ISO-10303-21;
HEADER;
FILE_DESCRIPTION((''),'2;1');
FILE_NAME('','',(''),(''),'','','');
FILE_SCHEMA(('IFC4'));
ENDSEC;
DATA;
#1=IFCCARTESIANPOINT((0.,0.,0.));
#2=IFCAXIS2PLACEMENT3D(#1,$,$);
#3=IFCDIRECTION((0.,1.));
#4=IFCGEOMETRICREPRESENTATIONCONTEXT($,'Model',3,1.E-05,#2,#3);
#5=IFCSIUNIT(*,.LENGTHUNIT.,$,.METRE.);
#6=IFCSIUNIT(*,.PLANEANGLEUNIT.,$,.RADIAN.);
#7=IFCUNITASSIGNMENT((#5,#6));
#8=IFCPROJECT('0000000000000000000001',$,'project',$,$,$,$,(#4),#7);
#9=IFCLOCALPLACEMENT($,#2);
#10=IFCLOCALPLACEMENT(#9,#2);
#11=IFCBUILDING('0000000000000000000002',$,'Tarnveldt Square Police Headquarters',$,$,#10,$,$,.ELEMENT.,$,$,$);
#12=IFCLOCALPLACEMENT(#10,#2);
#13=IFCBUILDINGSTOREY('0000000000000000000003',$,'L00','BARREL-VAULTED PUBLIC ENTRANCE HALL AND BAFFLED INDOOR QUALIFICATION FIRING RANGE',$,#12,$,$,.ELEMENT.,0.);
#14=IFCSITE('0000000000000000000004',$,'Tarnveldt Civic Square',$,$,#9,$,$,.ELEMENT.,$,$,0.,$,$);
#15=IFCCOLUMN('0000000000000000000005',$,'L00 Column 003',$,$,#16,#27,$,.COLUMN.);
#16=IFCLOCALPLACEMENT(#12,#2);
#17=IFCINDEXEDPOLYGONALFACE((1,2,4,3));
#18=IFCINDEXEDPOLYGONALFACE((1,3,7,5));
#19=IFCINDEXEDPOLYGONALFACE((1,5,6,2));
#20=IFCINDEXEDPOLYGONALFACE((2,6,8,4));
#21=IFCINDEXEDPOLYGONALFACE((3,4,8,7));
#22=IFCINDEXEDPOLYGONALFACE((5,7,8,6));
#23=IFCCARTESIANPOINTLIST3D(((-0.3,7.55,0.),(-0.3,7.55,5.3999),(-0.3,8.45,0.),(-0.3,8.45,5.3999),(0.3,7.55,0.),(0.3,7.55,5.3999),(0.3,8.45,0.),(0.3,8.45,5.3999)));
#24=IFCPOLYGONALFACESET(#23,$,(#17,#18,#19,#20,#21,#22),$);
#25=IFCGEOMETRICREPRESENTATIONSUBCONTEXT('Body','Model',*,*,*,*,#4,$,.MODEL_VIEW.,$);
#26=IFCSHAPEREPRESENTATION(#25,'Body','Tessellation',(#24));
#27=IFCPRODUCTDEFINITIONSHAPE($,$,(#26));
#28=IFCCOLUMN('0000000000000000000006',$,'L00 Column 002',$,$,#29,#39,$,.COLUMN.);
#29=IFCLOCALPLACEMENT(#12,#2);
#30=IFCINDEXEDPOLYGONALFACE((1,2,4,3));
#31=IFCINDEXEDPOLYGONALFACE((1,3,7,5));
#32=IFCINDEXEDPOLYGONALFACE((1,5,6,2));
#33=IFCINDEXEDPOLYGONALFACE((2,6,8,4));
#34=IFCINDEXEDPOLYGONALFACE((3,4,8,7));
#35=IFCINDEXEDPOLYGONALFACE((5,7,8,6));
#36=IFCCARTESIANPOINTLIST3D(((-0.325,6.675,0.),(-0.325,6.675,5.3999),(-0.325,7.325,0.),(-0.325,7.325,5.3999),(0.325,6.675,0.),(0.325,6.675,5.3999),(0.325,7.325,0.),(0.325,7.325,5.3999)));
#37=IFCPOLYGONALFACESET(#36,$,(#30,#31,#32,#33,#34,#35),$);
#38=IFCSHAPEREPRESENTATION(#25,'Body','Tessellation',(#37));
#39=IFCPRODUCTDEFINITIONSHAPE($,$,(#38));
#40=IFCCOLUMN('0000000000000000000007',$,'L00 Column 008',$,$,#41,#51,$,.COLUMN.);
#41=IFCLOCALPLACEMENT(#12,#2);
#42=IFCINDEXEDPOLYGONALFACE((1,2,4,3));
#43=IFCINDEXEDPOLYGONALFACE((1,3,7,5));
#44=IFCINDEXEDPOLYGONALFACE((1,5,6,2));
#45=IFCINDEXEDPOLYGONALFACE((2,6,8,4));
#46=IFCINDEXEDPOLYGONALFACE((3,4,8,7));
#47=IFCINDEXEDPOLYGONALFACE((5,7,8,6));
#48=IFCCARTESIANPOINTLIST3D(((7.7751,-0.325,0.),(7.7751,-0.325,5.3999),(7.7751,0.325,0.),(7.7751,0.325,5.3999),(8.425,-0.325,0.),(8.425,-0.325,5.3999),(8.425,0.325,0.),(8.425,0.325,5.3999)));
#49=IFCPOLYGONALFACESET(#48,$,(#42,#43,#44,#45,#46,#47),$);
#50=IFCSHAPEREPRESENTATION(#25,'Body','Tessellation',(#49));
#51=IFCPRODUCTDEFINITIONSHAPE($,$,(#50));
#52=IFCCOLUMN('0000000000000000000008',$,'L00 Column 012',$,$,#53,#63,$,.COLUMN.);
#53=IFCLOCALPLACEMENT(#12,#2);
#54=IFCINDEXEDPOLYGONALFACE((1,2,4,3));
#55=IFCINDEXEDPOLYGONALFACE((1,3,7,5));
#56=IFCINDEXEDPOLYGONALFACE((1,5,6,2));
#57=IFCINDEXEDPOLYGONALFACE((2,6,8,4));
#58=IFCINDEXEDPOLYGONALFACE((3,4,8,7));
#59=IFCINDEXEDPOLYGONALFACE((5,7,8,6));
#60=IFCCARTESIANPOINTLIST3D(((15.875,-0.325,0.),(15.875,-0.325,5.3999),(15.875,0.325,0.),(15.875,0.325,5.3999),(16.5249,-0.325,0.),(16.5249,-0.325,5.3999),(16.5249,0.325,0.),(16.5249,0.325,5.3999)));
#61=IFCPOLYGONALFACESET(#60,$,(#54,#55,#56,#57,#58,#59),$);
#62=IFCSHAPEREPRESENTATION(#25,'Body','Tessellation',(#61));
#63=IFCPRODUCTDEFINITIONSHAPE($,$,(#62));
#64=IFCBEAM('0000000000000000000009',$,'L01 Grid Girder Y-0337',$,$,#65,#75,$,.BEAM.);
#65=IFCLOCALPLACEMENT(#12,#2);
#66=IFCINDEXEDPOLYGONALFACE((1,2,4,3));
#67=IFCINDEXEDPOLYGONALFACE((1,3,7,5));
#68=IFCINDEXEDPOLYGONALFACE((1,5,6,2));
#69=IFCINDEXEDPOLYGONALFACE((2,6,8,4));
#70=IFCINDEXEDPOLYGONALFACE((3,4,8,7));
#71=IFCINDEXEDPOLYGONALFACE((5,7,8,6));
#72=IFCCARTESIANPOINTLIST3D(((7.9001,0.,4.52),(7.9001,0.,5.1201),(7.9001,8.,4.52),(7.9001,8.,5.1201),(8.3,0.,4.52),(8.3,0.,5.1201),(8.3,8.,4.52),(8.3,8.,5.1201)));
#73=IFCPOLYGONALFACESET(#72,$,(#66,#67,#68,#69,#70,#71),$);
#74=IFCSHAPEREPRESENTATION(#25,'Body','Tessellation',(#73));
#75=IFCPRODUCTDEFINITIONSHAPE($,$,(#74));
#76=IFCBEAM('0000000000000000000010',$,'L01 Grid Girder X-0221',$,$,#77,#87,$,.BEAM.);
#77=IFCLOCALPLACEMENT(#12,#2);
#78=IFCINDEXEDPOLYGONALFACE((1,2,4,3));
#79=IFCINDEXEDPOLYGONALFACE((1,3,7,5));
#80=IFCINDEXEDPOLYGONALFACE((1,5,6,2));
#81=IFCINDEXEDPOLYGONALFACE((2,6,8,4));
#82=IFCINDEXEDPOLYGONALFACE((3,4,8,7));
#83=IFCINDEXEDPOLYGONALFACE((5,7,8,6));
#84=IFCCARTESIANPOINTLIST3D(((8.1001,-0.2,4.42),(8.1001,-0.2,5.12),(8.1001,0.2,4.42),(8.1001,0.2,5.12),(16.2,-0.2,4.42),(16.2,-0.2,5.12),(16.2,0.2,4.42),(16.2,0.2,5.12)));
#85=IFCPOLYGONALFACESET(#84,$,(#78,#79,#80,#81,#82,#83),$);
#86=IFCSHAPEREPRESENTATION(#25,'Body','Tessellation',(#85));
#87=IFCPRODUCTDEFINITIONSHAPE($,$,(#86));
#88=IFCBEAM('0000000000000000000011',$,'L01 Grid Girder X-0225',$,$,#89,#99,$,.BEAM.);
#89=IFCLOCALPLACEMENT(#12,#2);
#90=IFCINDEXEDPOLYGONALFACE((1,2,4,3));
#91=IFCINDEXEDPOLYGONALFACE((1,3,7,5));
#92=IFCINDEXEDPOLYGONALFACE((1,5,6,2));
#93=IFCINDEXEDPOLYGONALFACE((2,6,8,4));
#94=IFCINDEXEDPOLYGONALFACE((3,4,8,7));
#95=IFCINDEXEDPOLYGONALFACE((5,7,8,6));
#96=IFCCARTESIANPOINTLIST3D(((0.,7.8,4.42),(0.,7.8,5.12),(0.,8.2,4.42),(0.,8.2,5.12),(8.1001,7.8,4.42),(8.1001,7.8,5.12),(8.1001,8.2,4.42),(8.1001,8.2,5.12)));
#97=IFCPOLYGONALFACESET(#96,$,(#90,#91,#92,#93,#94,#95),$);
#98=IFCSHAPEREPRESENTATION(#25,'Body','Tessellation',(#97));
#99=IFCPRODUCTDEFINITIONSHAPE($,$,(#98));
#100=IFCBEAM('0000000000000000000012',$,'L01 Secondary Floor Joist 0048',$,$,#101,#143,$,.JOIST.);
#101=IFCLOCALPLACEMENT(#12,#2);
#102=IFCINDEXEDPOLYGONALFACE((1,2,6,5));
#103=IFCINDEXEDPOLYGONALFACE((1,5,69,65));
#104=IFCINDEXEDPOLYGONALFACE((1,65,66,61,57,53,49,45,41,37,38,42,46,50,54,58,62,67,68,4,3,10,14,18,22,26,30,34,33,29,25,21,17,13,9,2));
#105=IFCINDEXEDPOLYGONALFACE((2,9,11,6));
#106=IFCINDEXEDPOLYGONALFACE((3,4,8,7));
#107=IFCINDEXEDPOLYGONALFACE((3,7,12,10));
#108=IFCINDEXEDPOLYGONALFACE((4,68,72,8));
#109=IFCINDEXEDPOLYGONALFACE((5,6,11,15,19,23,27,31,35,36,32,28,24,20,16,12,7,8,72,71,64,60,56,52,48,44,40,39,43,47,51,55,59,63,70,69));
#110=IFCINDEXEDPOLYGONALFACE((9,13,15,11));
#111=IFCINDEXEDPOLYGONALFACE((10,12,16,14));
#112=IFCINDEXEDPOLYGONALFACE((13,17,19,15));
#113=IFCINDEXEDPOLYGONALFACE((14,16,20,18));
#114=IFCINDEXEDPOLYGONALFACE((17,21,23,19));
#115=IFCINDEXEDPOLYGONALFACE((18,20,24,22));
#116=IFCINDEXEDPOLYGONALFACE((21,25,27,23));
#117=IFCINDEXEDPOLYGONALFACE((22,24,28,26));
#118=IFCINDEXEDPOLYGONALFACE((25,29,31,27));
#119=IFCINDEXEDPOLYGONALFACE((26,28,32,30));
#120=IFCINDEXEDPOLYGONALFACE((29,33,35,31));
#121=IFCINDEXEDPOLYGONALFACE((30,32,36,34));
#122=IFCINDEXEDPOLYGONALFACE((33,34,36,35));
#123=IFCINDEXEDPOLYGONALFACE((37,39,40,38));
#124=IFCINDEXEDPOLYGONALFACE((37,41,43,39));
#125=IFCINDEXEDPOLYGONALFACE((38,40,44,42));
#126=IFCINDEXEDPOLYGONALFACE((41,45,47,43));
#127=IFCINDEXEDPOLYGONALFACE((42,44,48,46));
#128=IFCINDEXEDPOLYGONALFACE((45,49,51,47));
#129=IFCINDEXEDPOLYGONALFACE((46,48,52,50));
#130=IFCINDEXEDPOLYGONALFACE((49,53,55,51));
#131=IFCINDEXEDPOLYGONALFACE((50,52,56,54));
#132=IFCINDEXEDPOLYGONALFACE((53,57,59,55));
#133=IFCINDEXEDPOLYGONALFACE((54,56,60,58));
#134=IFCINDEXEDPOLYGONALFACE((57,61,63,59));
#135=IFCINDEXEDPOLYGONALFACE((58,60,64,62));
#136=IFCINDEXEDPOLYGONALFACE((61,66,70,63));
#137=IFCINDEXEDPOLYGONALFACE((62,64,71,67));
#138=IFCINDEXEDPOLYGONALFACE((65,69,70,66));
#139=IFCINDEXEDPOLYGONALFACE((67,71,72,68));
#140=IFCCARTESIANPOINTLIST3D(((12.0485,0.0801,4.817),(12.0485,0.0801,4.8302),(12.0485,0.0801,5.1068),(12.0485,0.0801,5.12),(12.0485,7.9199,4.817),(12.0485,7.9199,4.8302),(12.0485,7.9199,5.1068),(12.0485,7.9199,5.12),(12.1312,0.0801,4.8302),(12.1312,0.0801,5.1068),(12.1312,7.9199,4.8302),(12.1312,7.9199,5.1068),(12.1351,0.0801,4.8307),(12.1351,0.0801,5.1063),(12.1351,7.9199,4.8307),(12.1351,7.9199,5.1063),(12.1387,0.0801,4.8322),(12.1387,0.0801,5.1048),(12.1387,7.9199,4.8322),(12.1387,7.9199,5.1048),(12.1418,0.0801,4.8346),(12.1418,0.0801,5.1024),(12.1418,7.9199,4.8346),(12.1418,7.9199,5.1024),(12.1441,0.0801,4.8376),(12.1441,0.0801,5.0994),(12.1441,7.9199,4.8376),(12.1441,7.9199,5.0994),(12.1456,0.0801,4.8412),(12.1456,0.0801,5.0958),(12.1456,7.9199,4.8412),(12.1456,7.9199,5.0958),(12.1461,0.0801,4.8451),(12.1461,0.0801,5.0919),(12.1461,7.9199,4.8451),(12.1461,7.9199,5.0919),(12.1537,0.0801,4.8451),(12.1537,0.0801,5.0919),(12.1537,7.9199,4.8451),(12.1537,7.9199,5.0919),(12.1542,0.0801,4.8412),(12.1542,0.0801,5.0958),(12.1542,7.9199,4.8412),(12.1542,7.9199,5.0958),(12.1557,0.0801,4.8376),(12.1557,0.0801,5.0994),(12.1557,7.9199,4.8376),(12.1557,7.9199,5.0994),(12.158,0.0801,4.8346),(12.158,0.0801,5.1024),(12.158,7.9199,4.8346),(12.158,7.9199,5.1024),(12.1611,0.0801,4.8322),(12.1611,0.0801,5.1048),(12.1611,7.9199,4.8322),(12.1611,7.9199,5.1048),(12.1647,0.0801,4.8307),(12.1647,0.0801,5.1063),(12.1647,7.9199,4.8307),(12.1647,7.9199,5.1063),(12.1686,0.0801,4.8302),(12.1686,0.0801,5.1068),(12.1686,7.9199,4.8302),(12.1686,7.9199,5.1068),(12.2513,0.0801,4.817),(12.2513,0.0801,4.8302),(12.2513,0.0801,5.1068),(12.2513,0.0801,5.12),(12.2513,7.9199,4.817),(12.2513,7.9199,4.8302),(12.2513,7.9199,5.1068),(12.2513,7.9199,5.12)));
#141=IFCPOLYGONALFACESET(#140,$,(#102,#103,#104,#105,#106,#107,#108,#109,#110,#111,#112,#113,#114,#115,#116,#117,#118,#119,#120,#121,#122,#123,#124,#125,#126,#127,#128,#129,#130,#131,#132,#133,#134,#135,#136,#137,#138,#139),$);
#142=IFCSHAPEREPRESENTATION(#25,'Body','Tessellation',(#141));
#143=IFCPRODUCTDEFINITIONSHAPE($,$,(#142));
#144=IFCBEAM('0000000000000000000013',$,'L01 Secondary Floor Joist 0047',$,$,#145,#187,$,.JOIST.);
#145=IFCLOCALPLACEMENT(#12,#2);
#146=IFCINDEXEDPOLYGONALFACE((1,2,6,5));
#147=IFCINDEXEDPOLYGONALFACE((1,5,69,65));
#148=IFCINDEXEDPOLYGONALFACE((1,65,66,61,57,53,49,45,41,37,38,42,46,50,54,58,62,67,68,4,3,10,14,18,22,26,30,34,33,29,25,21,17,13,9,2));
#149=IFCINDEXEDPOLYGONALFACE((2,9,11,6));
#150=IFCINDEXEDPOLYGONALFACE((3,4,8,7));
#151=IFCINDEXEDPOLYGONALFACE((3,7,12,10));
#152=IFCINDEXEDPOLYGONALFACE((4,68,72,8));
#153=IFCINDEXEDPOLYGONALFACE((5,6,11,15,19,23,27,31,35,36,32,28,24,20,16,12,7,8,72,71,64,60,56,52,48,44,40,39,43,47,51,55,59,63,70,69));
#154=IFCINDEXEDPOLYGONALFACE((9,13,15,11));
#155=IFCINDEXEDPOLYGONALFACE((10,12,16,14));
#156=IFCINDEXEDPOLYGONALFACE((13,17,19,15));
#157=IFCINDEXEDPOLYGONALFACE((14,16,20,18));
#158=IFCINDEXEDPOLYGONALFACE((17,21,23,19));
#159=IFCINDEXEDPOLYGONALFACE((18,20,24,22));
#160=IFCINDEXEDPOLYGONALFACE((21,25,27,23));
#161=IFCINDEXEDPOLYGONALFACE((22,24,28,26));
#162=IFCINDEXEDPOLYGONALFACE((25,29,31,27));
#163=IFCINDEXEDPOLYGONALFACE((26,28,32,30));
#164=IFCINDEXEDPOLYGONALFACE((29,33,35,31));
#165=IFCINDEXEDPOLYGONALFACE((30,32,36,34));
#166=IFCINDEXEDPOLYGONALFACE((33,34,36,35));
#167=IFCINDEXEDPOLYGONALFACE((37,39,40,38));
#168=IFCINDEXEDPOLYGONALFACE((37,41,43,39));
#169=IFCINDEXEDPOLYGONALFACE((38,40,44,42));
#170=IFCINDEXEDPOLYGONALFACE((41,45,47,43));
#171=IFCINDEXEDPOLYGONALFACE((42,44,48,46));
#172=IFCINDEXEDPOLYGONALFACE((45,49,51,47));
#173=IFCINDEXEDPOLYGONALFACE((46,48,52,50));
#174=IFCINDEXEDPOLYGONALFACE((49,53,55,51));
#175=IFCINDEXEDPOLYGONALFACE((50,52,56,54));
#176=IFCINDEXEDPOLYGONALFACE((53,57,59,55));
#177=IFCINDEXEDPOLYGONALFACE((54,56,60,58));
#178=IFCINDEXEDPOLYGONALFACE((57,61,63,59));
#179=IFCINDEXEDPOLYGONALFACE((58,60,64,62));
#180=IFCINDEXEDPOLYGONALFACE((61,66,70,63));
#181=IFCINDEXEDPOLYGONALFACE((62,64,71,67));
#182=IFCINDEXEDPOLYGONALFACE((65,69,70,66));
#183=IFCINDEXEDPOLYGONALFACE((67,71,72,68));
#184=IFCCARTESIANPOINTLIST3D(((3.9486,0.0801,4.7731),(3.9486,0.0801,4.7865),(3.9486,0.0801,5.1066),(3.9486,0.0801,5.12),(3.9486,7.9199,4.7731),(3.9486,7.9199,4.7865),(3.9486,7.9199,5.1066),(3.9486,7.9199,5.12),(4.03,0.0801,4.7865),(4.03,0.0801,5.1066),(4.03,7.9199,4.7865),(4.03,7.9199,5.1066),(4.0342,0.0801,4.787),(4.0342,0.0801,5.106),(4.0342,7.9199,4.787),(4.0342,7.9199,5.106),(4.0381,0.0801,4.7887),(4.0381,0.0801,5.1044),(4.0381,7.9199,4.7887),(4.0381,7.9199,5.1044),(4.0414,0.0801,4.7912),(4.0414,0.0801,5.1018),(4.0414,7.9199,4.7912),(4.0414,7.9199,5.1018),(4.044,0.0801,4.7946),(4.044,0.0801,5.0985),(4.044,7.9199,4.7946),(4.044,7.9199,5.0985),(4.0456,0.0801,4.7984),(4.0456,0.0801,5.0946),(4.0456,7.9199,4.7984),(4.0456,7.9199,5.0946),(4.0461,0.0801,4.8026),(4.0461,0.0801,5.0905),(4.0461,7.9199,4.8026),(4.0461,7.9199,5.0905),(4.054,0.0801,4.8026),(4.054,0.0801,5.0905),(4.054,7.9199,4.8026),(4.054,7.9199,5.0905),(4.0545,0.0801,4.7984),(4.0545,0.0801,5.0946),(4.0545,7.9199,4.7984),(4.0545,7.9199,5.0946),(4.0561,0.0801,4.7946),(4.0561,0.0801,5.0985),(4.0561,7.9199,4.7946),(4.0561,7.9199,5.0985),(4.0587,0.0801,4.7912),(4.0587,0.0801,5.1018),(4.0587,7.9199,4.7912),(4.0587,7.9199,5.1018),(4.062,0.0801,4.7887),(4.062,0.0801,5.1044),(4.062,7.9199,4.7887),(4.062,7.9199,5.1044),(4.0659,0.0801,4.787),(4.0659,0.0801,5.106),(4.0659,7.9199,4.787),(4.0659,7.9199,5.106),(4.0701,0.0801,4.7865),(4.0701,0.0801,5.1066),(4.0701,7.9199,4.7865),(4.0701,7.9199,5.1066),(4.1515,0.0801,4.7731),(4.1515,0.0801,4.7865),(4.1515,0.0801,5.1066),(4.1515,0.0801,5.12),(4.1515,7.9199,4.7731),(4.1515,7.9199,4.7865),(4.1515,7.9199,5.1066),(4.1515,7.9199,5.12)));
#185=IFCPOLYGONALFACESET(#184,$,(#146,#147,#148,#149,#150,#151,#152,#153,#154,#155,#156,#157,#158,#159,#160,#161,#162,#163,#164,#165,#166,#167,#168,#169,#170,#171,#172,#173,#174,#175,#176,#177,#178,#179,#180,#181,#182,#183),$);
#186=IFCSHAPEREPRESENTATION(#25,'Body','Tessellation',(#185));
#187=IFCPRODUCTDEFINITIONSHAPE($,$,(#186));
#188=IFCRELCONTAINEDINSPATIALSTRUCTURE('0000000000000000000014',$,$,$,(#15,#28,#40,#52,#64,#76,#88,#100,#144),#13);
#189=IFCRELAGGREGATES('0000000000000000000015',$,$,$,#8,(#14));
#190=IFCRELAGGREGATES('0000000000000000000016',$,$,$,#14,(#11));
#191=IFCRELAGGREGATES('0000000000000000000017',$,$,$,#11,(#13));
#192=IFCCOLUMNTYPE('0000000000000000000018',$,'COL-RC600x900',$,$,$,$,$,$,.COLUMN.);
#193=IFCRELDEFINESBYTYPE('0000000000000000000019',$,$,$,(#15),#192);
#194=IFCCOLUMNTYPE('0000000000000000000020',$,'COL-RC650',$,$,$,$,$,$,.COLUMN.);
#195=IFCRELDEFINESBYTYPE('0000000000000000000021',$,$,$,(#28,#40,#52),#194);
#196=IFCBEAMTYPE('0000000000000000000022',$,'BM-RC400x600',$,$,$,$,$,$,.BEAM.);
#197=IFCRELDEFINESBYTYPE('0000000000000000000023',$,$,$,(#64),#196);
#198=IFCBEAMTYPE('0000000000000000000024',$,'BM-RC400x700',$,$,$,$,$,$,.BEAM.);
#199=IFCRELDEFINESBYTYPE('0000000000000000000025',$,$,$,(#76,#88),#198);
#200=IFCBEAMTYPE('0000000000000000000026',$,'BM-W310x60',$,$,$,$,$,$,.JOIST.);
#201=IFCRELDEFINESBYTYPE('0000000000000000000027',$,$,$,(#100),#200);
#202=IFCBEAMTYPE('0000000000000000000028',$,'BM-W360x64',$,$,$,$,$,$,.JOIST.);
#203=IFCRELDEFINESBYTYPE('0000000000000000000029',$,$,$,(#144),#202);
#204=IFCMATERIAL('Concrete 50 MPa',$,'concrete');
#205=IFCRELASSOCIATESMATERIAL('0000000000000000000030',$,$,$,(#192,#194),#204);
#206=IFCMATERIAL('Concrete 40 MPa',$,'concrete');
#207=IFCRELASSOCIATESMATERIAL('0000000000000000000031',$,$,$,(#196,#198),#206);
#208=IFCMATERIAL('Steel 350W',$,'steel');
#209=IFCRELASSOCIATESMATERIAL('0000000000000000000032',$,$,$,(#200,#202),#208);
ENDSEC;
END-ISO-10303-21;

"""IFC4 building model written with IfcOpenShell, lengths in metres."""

from ifc_helpers import new_model, si_unit, direction, frame, origin, origin_2d, place, context, subcontext, project, spatial, rectangle, i_section, extrude, material, material_profile, profile_set, type_object, element, save


model = new_model("IFC4")

# Units and contexts
model_context = context("Model", 3, precision=1e-05, world=origin(), true_north=direction((0.0, 1.0)))
body_context = subcontext(model_context, "Body", "Model", "MODEL_VIEW")
ifc_project = project(units=[si_unit("LENGTHUNIT", "METRE"), si_unit("PLANEANGLEUNIT", "RADIAN")], contexts=[model_context])

# Site, building, storey
site_placement = place(None, origin())
site = spatial("IfcSite", under=ifc_project, at=site_placement, Name="Tarnveldt Civic Square", CompositionType="ELEMENT", RefElevation=0.0)
building_placement = place(site_placement, origin())
building = spatial("IfcBuilding", under=site, at=building_placement, Name="Tarnveldt Square Police Headquarters", CompositionType="ELEMENT")
storey_placement = place(building_placement, origin())
storey = spatial("IfcBuildingStorey", under=building, at=storey_placement, Name="L00", Description="BARREL-VAULTED PUBLIC ENTRANCE HALL AND BAFFLED INDOOR QUALIFICATION FIRING RANGE", CompositionType="ELEMENT", Elevation=0.0)

# Columns
ifc_material_1 = material(Name="Concrete 50 MPa", Category="concrete")
ifc_material_profile_1 = material_profile(ifc_material_1, rectangle(XDim=0.6001, YDim=0.8999, at=origin_2d()), Name="RC-C600x900")
ifc_profile_set_1 = profile_set([ifc_material_profile_1], Name="Concrete 50 MPa")
column_type_1 = type_object("IfcColumnType", Name="COL-RC600x900", PredefinedType="COLUMN", material=ifc_profile_set_1)
column_placement = place(storey_placement, frame((0.0, 8.0, 0.0), z_axis=(0.0, 0.0, 1.0), x_axis=(1.0, 0.0, 0.0)))
element("IfcColumn", 1, at=column_placement, inside=storey, type_object=column_type_1, Name="L00 Column 003", PredefinedType="COLUMN", context=body_context, shape_type="SweptSolid", body=[
    extrude(rectangle(XDim=0.6001, YDim=0.8999, at=origin_2d()), origin(), (0.0, 0.0, 1.0), 5.3999),
])
ifc_material_profile_2 = material_profile(ifc_material_1, rectangle(XDim=0.6499, YDim=0.6499, at=origin_2d()), Name="RC-C650x650")
ifc_profile_set_2 = profile_set([ifc_material_profile_2], Name="Concrete 50 MPa")
column_type_2 = type_object("IfcColumnType", Name="COL-RC650", PredefinedType="COLUMN", material=ifc_profile_set_2)
for number, where, z_axis, x_axis, name in (
    (2, (0.0, 7.0, 0.0), (0.0, 0.0, 1.0), (1.0, 0.0, 0.0), "L00 Column 002"),
    (3, (8.1001, 0.0, 0.0), (0.0, 0.0, 1.0), (1.0, 0.0, 0.0), "L00 Column 008"),
    (4, (16.2, 0.0, 0.0), (0.0, 0.0, 1.0), (1.0, 0.0, 0.0), "L00 Column 012"),
):
    element("IfcColumn", number, at=place(storey_placement, frame(where, z_axis=z_axis, x_axis=x_axis)), inside=storey, type_object=column_type_2, Name=name, PredefinedType="COLUMN", context=body_context, shape_type="SweptSolid", body=[
        extrude(rectangle(XDim=0.6499, YDim=0.6499, at=origin_2d()), origin(), (0.0, 0.0, 1.0), 5.3999),
    ])

# Beams
ifc_material_2 = material(Name="Concrete 40 MPa", Category="concrete")
ifc_material_profile_3 = material_profile(ifc_material_2, rectangle(XDim=0.3999, YDim=0.6001, at=origin_2d()), Name="RC-B400x600")
ifc_profile_set_3 = profile_set([ifc_material_profile_3], Name="Concrete 40 MPa")
beam_type_1 = type_object("IfcBeamType", Name="BM-RC400x600", PredefinedType="BEAM", material=ifc_profile_set_3)
beam_1_placement = place(storey_placement, frame((8.1001, 0.0, 4.8201), z_axis=(0.0, 1.0, 0.0), x_axis=(-1.0, 0.0, 0.0)))
element("IfcBeam", 5, at=beam_1_placement, inside=storey, type_object=beam_type_1, Name="L01 Grid Girder Y-0337", PredefinedType="BEAM", context=body_context, shape_type="SweptSolid", body=[
    extrude(rectangle(XDim=0.3999, YDim=0.6001, at=origin_2d()), origin(), (0.0, 0.0, 1.0), 8.0),
])
ifc_material_profile_4 = material_profile(ifc_material_2, rectangle(XDim=0.3999, YDim=0.7, at=origin_2d()), Name="RC-B400x700")
ifc_profile_set_4 = profile_set([ifc_material_profile_4], Name="Concrete 40 MPa")
beam_type_2 = type_object("IfcBeamType", Name="BM-RC400x700", PredefinedType="BEAM", material=ifc_profile_set_4)
beam_2_placement = place(storey_placement, frame((8.1001, 0.0, 4.77), z_axis=(1.0, 0.0, 0.0), x_axis=(0.0, 1.0, 0.0)))
element("IfcBeam", 6, at=beam_2_placement, inside=storey, type_object=beam_type_2, Name="L01 Grid Girder X-0221", PredefinedType="BEAM", context=body_context, shape_type="SweptSolid", body=[
    extrude(rectangle(XDim=0.3999, YDim=0.7, at=origin_2d()), origin(), (0.0, 0.0, 1.0), 8.0999),
])
beam_3_placement = place(storey_placement, frame((0.0, 8.0, 4.77), z_axis=(1.0, 0.0, 0.0), x_axis=(0.0, 1.0, 0.0)))
element("IfcBeam", 7, at=beam_3_placement, inside=storey, type_object=beam_type_2, Name="L01 Grid Girder X-0225", PredefinedType="BEAM", context=body_context, shape_type="SweptSolid", body=[
    extrude(rectangle(XDim=0.3999, YDim=0.7, at=origin_2d()), origin(), (0.0, 0.0, 1.0), 8.1001),
])
ifc_material_3 = material(Name="Steel 350W", Category="steel")
ifc_material_profile_5 = material_profile(ifc_material_3, i_section(OverallWidth=0.2029, OverallDepth=0.303, WebThickness=0.0076, FlangeThickness=0.0132, FilletRadius=0.0149, at=origin_2d()), Name="W310x60")
ifc_profile_set_5 = profile_set([ifc_material_profile_5], Name="Steel 350W")
beam_type_3 = type_object("IfcBeamType", Name="BM-W310x60", PredefinedType="JOIST", material=ifc_profile_set_5)
beam_4_placement = place(storey_placement, frame((12.1499, 0.0801, 4.9685), z_axis=(0.0, 1.0, 0.0), x_axis=(-1.0, 0.0, 0.0)))
element("IfcBeam", 8, at=beam_4_placement, inside=storey, type_object=beam_type_3, Name="L01 Secondary Floor Joist 0048", PredefinedType="JOIST", context=body_context, shape_type="SweptSolid", body=[
    extrude(i_section(OverallWidth=0.2029, OverallDepth=0.303, WebThickness=0.0076, FlangeThickness=0.0132, FilletRadius=0.0149, at=origin_2d()), origin(), (0.0, 0.0, 1.0), 7.8398),
])
ifc_material_profile_6 = material_profile(ifc_material_3, i_section(OverallWidth=0.2029, OverallDepth=0.3469, WebThickness=0.0078, FlangeThickness=0.0134, FilletRadius=0.0161, at=origin_2d()), Name="W360x64")
ifc_profile_set_6 = profile_set([ifc_material_profile_6], Name="Steel 350W")
beam_type_4 = type_object("IfcBeamType", Name="BM-W360x64", PredefinedType="JOIST", material=ifc_profile_set_6)
beam_5_placement = place(storey_placement, frame((4.05, 0.0801, 4.9465), z_axis=(0.0, 1.0, 0.0), x_axis=(-1.0, 0.0, 0.0)))
element("IfcBeam", 9, at=beam_5_placement, inside=storey, type_object=beam_type_4, Name="L01 Secondary Floor Joist 0047", PredefinedType="JOIST", context=body_context, shape_type="SweptSolid", body=[
    extrude(i_section(OverallWidth=0.2029, OverallDepth=0.3469, WebThickness=0.0078, FlangeThickness=0.0134, FilletRadius=0.0161, at=origin_2d()), origin(), (0.0, 0.0, 1.0), 7.8398),
])

save(model, "model.ifc")
